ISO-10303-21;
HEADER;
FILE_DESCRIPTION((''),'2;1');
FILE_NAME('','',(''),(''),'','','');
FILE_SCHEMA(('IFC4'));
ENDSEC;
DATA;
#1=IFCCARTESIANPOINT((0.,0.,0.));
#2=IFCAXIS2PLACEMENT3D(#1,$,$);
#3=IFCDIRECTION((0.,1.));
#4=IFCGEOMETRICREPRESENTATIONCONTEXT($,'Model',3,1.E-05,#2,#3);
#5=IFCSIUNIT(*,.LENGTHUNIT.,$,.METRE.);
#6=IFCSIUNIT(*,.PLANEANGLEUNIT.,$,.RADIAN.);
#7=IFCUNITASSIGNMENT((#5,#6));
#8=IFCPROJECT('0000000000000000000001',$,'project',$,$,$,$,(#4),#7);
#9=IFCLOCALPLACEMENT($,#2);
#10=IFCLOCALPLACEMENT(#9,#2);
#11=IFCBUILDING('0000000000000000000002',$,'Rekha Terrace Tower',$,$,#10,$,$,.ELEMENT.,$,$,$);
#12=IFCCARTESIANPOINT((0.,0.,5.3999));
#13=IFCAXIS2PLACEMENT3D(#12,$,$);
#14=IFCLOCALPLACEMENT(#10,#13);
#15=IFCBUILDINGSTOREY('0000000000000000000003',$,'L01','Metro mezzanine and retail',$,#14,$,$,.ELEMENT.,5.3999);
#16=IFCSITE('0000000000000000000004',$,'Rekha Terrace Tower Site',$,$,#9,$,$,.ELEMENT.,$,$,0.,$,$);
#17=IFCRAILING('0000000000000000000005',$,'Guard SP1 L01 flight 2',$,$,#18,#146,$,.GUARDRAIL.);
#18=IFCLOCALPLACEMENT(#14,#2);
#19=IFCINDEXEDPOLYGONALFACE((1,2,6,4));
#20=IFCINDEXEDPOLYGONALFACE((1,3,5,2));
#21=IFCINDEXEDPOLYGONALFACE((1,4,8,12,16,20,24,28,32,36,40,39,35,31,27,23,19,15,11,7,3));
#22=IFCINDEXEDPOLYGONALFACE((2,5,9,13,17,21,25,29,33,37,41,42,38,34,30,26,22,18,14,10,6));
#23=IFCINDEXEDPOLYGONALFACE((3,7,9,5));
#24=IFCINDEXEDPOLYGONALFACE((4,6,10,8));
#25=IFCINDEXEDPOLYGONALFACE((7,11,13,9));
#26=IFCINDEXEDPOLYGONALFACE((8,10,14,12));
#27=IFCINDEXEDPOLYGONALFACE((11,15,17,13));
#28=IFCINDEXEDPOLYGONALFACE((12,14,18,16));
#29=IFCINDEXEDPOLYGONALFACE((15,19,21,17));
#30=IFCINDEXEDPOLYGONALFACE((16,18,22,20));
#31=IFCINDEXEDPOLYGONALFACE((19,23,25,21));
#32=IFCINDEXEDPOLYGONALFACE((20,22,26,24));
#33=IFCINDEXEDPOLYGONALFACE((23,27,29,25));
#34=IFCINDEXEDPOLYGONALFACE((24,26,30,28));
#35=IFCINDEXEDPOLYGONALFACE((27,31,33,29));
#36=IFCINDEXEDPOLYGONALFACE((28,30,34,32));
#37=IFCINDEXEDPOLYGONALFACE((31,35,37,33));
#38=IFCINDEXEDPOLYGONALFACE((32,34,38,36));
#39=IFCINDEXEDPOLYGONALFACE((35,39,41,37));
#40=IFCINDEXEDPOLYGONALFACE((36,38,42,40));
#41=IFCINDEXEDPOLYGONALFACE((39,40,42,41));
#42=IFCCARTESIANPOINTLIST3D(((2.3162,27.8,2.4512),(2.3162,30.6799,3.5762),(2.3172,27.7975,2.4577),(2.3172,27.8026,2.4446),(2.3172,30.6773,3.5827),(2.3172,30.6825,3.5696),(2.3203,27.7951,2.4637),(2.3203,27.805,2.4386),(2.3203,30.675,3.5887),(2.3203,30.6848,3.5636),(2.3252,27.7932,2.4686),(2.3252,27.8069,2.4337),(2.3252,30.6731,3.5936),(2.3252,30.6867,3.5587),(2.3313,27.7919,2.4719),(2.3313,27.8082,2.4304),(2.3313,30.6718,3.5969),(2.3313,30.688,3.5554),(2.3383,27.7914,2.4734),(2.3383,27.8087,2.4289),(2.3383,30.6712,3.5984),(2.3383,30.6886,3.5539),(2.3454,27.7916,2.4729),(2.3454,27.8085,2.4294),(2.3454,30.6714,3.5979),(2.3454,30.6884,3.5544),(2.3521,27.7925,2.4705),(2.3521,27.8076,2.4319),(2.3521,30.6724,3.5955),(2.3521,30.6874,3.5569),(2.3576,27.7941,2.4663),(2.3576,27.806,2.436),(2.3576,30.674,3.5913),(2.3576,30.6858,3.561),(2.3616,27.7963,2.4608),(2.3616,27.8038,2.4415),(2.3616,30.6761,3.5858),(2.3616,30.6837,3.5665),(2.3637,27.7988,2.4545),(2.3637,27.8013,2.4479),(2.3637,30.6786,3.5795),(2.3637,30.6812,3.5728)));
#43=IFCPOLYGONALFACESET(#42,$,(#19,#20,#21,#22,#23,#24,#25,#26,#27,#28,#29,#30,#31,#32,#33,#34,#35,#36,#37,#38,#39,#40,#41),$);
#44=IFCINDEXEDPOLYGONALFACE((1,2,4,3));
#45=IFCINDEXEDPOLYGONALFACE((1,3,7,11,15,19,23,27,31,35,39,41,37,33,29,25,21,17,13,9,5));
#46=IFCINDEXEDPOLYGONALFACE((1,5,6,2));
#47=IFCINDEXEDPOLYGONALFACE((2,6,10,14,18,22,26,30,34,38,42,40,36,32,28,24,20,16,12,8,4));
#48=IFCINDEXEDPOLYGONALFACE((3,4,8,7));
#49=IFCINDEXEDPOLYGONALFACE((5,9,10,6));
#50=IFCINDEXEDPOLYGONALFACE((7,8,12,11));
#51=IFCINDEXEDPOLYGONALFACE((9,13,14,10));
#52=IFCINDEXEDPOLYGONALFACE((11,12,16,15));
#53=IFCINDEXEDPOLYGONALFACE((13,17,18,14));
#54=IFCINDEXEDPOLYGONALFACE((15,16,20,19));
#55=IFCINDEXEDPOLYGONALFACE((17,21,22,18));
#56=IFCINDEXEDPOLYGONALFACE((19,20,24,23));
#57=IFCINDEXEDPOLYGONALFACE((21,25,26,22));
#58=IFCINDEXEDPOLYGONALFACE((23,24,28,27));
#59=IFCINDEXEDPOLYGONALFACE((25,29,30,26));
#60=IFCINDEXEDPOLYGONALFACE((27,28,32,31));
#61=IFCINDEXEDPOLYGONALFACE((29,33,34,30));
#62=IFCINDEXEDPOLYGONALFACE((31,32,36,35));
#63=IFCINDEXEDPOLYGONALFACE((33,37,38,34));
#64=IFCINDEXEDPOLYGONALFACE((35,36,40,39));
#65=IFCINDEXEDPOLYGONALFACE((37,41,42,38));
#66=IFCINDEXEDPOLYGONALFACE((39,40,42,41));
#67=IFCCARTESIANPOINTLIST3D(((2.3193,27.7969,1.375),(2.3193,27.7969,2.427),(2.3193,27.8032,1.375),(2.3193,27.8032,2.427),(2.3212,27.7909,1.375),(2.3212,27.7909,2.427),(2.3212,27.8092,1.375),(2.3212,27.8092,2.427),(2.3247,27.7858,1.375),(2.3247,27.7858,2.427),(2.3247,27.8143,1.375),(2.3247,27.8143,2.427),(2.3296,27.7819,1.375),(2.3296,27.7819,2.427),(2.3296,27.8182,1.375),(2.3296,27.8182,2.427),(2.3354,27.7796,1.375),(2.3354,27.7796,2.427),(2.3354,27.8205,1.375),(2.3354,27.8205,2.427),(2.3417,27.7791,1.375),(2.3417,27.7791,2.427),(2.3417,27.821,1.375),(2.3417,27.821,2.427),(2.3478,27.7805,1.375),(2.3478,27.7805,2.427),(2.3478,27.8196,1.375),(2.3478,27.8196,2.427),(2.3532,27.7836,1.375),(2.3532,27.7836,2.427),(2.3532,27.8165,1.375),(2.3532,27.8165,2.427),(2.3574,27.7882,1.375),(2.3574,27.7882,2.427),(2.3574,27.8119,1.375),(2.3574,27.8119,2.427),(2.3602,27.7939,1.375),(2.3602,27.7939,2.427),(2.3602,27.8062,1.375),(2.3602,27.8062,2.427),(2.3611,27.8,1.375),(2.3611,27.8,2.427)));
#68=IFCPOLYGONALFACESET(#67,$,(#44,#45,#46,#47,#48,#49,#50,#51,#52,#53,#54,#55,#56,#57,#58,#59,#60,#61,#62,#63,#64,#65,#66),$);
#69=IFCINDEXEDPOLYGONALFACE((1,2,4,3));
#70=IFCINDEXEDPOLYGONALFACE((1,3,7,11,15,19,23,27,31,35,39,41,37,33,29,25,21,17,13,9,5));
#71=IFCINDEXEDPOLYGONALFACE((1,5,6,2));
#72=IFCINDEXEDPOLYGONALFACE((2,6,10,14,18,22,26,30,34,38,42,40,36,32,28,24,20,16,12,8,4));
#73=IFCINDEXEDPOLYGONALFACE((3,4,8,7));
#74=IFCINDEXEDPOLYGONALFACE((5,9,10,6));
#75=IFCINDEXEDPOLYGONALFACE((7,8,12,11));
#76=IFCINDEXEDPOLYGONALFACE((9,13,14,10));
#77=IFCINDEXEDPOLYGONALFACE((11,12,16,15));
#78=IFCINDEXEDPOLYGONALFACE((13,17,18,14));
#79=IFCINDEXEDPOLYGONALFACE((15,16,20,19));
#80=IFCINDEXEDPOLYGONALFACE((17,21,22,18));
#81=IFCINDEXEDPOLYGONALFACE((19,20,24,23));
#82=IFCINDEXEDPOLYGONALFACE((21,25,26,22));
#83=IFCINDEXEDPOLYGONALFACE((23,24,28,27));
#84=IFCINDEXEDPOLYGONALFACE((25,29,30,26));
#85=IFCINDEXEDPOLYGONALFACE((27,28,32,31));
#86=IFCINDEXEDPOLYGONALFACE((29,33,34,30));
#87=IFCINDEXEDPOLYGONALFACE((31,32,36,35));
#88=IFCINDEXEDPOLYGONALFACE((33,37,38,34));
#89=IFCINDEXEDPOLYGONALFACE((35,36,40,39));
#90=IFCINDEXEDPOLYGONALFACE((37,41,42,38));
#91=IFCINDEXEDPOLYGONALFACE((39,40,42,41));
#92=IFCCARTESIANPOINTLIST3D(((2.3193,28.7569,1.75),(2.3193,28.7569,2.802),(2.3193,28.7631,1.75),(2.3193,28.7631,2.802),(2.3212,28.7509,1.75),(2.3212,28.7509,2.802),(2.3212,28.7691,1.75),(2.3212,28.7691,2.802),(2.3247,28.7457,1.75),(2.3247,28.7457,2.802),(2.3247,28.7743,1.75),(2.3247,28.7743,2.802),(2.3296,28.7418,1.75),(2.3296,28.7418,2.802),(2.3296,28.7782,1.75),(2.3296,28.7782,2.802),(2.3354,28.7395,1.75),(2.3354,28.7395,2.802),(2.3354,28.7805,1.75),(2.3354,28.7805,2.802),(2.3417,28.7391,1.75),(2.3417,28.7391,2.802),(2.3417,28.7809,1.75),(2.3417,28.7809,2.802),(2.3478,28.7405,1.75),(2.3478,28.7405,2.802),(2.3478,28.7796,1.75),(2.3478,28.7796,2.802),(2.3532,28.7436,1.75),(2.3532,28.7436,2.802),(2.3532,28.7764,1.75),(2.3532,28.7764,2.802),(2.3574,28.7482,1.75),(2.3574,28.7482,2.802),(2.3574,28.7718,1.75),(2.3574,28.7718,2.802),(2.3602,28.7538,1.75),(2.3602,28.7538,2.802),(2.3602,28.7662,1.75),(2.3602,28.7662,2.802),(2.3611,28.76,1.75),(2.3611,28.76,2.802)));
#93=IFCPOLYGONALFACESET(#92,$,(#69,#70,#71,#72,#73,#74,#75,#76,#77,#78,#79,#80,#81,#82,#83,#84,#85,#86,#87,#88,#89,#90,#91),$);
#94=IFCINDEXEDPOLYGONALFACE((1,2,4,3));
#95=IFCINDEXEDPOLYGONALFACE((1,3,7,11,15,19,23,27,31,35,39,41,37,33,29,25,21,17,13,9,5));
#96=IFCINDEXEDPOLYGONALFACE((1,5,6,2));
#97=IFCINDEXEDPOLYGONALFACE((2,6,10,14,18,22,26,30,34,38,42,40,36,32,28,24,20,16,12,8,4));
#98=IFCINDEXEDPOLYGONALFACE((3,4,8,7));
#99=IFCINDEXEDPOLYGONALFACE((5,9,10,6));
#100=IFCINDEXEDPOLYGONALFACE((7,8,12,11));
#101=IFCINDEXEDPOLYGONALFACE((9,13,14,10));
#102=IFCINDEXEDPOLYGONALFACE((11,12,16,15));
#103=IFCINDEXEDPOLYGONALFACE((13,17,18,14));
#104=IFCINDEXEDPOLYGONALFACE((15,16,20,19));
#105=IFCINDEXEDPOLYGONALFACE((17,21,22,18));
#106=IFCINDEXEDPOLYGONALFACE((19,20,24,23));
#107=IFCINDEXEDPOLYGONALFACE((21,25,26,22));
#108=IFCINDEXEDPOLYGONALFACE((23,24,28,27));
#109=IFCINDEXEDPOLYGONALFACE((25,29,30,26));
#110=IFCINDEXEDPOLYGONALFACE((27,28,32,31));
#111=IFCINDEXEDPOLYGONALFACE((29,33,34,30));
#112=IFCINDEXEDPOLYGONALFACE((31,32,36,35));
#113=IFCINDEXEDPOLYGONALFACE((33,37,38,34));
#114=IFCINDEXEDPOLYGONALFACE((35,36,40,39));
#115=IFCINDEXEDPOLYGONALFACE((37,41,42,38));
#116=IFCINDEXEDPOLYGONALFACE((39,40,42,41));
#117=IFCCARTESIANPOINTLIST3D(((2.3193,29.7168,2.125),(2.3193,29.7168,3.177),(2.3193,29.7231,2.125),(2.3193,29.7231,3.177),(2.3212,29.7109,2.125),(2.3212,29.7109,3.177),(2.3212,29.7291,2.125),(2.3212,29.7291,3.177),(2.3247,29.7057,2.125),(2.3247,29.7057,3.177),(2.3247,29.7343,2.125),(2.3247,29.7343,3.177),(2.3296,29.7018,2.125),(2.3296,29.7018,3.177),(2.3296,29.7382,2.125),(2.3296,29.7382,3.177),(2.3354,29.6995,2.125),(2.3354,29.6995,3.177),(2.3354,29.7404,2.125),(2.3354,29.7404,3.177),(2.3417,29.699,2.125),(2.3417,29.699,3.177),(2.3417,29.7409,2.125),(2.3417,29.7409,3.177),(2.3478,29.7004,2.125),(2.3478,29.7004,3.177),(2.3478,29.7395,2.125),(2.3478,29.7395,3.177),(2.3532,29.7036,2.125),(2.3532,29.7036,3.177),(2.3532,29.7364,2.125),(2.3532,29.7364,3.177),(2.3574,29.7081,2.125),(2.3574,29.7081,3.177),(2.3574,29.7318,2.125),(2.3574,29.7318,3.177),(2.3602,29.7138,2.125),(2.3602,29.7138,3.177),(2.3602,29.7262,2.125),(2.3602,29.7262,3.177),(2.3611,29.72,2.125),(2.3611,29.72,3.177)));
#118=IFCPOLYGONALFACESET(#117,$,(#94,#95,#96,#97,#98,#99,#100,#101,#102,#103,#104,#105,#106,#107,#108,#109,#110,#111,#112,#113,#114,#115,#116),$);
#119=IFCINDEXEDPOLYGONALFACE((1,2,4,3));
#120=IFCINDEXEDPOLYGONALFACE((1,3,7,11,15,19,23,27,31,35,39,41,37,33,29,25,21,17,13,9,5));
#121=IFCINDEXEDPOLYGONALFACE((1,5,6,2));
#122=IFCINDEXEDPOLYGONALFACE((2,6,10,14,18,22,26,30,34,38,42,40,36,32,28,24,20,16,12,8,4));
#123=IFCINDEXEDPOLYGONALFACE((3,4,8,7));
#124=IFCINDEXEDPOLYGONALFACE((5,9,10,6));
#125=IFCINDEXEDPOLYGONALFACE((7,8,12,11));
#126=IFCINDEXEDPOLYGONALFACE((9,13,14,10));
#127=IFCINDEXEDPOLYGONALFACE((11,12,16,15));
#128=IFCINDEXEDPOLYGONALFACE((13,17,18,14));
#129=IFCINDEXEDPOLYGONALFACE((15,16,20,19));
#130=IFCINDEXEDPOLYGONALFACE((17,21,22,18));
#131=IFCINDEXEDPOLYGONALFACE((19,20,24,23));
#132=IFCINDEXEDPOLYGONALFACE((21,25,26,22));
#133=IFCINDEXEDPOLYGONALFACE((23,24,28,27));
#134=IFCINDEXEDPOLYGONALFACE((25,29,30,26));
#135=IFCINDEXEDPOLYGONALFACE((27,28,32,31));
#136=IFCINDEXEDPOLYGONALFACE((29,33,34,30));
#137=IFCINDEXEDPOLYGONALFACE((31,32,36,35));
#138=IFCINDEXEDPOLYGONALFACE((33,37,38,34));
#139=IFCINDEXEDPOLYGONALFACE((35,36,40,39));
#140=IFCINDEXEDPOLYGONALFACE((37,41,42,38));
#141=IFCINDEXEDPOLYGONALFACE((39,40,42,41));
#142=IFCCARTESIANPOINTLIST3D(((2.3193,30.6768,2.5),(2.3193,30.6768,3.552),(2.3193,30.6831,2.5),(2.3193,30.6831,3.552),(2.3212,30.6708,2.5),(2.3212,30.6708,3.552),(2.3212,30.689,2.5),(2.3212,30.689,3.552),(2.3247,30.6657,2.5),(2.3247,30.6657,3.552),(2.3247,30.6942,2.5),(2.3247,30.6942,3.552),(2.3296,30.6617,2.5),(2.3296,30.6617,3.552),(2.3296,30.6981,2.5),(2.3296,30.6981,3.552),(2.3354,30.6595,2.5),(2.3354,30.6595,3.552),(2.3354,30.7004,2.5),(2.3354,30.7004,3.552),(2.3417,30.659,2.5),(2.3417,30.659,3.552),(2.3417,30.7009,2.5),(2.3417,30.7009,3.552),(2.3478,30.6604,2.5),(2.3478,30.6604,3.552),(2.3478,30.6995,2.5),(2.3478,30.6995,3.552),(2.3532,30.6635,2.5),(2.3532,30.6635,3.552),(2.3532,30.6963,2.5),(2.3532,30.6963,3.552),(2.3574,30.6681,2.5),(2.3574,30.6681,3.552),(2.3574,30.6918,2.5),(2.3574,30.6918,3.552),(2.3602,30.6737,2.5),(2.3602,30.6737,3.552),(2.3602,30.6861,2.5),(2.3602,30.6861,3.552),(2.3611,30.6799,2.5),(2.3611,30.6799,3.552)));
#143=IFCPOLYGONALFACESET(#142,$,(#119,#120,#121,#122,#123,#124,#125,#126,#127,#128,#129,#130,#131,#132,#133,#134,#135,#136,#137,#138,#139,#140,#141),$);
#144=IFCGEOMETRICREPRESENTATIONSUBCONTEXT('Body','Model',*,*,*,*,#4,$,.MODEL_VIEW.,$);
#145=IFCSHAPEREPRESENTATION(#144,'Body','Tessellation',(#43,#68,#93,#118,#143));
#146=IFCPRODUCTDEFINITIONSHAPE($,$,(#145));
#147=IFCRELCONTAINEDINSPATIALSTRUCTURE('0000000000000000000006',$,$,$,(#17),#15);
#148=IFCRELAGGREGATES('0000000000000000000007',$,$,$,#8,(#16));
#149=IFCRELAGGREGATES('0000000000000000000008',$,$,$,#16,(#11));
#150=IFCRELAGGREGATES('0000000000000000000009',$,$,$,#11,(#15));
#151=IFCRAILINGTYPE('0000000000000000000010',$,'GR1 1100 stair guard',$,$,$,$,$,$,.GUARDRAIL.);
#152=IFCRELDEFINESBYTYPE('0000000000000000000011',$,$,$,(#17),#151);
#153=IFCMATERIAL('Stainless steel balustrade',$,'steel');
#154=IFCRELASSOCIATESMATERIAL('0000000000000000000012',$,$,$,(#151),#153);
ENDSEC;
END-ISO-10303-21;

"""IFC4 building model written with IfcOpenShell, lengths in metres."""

from ifc_helpers import new_model, si_unit, direction, frame, origin, origin_2d, place, context, subcontext, project, spatial, circle, extrude, material, type_object, element, save


model = new_model("IFC4")

# Units and contexts
model_context = context("Model", 3, precision=1e-05, world=origin(), true_north=direction((0.0, 1.0)))
body_context = subcontext(model_context, "Body", "Model", "MODEL_VIEW")
ifc_project = project(units=[si_unit("LENGTHUNIT", "METRE"), si_unit("PLANEANGLEUNIT", "RADIAN")], contexts=[model_context])

# Site, building, storey
site_placement = place(None, origin())
site = spatial("IfcSite", under=ifc_project, at=site_placement, Name="Rekha Terrace Tower Site", CompositionType="ELEMENT", RefElevation=0.0)
building_placement = place(site_placement, origin())
building = spatial("IfcBuilding", under=site, at=building_placement, Name="Rekha Terrace Tower", CompositionType="ELEMENT")
storey_placement = place(building_placement, frame((0.0, 0.0, 5.3999)))
storey = spatial("IfcBuildingStorey", under=building, at=storey_placement, Name="L01", Description="Metro mezzanine and retail", CompositionType="ELEMENT", Elevation=5.3999)

# Railing
ifc_material_1 = material(Name="Stainless steel balustrade", Category="steel")
railing_type_1 = type_object("IfcRailingType", Name="GR1 1100 stair guard", PredefinedType="GUARDRAIL", material=ifc_material_1)
railing_1_placement = place(storey_placement, frame((2.3401, 27.8, 1.375)))
element("IfcRailing", 1, at=railing_1_placement, inside=storey, type_object=railing_type_1, Name="Guard SP1 L01 flight 2", PredefinedType="GUARDRAIL", context=body_context, shape_type="SweptSolid", body=[
    extrude(circle(Radius=0.0239, at=origin_2d()), frame((0.0, 0.0, 1.0762), z_axis=(0.0, 0.931452, 0.363863), x_axis=(-1.0, 0.0, 0.0)), (0.0, 0.0, 1.0), 3.0918),
    extrude(circle(Radius=0.021, at=origin_2d()), origin(), (0.0, 0.0, 1.0), 1.052),
    extrude(circle(Radius=0.021, at=origin_2d()), frame((0.0, 0.96, 0.375)), (0.0, 0.0, 1.0), 1.052),
    extrude(circle(Radius=0.021, at=origin_2d()), frame((0.0, 1.9199, 0.75)), (0.0, 0.0, 1.0), 1.052),
    extrude(circle(Radius=0.021, at=origin_2d()), frame((0.0, 2.8799, 1.125)), (0.0, 0.0, 1.0), 1.052),
])

save(model, "model.ifc")
